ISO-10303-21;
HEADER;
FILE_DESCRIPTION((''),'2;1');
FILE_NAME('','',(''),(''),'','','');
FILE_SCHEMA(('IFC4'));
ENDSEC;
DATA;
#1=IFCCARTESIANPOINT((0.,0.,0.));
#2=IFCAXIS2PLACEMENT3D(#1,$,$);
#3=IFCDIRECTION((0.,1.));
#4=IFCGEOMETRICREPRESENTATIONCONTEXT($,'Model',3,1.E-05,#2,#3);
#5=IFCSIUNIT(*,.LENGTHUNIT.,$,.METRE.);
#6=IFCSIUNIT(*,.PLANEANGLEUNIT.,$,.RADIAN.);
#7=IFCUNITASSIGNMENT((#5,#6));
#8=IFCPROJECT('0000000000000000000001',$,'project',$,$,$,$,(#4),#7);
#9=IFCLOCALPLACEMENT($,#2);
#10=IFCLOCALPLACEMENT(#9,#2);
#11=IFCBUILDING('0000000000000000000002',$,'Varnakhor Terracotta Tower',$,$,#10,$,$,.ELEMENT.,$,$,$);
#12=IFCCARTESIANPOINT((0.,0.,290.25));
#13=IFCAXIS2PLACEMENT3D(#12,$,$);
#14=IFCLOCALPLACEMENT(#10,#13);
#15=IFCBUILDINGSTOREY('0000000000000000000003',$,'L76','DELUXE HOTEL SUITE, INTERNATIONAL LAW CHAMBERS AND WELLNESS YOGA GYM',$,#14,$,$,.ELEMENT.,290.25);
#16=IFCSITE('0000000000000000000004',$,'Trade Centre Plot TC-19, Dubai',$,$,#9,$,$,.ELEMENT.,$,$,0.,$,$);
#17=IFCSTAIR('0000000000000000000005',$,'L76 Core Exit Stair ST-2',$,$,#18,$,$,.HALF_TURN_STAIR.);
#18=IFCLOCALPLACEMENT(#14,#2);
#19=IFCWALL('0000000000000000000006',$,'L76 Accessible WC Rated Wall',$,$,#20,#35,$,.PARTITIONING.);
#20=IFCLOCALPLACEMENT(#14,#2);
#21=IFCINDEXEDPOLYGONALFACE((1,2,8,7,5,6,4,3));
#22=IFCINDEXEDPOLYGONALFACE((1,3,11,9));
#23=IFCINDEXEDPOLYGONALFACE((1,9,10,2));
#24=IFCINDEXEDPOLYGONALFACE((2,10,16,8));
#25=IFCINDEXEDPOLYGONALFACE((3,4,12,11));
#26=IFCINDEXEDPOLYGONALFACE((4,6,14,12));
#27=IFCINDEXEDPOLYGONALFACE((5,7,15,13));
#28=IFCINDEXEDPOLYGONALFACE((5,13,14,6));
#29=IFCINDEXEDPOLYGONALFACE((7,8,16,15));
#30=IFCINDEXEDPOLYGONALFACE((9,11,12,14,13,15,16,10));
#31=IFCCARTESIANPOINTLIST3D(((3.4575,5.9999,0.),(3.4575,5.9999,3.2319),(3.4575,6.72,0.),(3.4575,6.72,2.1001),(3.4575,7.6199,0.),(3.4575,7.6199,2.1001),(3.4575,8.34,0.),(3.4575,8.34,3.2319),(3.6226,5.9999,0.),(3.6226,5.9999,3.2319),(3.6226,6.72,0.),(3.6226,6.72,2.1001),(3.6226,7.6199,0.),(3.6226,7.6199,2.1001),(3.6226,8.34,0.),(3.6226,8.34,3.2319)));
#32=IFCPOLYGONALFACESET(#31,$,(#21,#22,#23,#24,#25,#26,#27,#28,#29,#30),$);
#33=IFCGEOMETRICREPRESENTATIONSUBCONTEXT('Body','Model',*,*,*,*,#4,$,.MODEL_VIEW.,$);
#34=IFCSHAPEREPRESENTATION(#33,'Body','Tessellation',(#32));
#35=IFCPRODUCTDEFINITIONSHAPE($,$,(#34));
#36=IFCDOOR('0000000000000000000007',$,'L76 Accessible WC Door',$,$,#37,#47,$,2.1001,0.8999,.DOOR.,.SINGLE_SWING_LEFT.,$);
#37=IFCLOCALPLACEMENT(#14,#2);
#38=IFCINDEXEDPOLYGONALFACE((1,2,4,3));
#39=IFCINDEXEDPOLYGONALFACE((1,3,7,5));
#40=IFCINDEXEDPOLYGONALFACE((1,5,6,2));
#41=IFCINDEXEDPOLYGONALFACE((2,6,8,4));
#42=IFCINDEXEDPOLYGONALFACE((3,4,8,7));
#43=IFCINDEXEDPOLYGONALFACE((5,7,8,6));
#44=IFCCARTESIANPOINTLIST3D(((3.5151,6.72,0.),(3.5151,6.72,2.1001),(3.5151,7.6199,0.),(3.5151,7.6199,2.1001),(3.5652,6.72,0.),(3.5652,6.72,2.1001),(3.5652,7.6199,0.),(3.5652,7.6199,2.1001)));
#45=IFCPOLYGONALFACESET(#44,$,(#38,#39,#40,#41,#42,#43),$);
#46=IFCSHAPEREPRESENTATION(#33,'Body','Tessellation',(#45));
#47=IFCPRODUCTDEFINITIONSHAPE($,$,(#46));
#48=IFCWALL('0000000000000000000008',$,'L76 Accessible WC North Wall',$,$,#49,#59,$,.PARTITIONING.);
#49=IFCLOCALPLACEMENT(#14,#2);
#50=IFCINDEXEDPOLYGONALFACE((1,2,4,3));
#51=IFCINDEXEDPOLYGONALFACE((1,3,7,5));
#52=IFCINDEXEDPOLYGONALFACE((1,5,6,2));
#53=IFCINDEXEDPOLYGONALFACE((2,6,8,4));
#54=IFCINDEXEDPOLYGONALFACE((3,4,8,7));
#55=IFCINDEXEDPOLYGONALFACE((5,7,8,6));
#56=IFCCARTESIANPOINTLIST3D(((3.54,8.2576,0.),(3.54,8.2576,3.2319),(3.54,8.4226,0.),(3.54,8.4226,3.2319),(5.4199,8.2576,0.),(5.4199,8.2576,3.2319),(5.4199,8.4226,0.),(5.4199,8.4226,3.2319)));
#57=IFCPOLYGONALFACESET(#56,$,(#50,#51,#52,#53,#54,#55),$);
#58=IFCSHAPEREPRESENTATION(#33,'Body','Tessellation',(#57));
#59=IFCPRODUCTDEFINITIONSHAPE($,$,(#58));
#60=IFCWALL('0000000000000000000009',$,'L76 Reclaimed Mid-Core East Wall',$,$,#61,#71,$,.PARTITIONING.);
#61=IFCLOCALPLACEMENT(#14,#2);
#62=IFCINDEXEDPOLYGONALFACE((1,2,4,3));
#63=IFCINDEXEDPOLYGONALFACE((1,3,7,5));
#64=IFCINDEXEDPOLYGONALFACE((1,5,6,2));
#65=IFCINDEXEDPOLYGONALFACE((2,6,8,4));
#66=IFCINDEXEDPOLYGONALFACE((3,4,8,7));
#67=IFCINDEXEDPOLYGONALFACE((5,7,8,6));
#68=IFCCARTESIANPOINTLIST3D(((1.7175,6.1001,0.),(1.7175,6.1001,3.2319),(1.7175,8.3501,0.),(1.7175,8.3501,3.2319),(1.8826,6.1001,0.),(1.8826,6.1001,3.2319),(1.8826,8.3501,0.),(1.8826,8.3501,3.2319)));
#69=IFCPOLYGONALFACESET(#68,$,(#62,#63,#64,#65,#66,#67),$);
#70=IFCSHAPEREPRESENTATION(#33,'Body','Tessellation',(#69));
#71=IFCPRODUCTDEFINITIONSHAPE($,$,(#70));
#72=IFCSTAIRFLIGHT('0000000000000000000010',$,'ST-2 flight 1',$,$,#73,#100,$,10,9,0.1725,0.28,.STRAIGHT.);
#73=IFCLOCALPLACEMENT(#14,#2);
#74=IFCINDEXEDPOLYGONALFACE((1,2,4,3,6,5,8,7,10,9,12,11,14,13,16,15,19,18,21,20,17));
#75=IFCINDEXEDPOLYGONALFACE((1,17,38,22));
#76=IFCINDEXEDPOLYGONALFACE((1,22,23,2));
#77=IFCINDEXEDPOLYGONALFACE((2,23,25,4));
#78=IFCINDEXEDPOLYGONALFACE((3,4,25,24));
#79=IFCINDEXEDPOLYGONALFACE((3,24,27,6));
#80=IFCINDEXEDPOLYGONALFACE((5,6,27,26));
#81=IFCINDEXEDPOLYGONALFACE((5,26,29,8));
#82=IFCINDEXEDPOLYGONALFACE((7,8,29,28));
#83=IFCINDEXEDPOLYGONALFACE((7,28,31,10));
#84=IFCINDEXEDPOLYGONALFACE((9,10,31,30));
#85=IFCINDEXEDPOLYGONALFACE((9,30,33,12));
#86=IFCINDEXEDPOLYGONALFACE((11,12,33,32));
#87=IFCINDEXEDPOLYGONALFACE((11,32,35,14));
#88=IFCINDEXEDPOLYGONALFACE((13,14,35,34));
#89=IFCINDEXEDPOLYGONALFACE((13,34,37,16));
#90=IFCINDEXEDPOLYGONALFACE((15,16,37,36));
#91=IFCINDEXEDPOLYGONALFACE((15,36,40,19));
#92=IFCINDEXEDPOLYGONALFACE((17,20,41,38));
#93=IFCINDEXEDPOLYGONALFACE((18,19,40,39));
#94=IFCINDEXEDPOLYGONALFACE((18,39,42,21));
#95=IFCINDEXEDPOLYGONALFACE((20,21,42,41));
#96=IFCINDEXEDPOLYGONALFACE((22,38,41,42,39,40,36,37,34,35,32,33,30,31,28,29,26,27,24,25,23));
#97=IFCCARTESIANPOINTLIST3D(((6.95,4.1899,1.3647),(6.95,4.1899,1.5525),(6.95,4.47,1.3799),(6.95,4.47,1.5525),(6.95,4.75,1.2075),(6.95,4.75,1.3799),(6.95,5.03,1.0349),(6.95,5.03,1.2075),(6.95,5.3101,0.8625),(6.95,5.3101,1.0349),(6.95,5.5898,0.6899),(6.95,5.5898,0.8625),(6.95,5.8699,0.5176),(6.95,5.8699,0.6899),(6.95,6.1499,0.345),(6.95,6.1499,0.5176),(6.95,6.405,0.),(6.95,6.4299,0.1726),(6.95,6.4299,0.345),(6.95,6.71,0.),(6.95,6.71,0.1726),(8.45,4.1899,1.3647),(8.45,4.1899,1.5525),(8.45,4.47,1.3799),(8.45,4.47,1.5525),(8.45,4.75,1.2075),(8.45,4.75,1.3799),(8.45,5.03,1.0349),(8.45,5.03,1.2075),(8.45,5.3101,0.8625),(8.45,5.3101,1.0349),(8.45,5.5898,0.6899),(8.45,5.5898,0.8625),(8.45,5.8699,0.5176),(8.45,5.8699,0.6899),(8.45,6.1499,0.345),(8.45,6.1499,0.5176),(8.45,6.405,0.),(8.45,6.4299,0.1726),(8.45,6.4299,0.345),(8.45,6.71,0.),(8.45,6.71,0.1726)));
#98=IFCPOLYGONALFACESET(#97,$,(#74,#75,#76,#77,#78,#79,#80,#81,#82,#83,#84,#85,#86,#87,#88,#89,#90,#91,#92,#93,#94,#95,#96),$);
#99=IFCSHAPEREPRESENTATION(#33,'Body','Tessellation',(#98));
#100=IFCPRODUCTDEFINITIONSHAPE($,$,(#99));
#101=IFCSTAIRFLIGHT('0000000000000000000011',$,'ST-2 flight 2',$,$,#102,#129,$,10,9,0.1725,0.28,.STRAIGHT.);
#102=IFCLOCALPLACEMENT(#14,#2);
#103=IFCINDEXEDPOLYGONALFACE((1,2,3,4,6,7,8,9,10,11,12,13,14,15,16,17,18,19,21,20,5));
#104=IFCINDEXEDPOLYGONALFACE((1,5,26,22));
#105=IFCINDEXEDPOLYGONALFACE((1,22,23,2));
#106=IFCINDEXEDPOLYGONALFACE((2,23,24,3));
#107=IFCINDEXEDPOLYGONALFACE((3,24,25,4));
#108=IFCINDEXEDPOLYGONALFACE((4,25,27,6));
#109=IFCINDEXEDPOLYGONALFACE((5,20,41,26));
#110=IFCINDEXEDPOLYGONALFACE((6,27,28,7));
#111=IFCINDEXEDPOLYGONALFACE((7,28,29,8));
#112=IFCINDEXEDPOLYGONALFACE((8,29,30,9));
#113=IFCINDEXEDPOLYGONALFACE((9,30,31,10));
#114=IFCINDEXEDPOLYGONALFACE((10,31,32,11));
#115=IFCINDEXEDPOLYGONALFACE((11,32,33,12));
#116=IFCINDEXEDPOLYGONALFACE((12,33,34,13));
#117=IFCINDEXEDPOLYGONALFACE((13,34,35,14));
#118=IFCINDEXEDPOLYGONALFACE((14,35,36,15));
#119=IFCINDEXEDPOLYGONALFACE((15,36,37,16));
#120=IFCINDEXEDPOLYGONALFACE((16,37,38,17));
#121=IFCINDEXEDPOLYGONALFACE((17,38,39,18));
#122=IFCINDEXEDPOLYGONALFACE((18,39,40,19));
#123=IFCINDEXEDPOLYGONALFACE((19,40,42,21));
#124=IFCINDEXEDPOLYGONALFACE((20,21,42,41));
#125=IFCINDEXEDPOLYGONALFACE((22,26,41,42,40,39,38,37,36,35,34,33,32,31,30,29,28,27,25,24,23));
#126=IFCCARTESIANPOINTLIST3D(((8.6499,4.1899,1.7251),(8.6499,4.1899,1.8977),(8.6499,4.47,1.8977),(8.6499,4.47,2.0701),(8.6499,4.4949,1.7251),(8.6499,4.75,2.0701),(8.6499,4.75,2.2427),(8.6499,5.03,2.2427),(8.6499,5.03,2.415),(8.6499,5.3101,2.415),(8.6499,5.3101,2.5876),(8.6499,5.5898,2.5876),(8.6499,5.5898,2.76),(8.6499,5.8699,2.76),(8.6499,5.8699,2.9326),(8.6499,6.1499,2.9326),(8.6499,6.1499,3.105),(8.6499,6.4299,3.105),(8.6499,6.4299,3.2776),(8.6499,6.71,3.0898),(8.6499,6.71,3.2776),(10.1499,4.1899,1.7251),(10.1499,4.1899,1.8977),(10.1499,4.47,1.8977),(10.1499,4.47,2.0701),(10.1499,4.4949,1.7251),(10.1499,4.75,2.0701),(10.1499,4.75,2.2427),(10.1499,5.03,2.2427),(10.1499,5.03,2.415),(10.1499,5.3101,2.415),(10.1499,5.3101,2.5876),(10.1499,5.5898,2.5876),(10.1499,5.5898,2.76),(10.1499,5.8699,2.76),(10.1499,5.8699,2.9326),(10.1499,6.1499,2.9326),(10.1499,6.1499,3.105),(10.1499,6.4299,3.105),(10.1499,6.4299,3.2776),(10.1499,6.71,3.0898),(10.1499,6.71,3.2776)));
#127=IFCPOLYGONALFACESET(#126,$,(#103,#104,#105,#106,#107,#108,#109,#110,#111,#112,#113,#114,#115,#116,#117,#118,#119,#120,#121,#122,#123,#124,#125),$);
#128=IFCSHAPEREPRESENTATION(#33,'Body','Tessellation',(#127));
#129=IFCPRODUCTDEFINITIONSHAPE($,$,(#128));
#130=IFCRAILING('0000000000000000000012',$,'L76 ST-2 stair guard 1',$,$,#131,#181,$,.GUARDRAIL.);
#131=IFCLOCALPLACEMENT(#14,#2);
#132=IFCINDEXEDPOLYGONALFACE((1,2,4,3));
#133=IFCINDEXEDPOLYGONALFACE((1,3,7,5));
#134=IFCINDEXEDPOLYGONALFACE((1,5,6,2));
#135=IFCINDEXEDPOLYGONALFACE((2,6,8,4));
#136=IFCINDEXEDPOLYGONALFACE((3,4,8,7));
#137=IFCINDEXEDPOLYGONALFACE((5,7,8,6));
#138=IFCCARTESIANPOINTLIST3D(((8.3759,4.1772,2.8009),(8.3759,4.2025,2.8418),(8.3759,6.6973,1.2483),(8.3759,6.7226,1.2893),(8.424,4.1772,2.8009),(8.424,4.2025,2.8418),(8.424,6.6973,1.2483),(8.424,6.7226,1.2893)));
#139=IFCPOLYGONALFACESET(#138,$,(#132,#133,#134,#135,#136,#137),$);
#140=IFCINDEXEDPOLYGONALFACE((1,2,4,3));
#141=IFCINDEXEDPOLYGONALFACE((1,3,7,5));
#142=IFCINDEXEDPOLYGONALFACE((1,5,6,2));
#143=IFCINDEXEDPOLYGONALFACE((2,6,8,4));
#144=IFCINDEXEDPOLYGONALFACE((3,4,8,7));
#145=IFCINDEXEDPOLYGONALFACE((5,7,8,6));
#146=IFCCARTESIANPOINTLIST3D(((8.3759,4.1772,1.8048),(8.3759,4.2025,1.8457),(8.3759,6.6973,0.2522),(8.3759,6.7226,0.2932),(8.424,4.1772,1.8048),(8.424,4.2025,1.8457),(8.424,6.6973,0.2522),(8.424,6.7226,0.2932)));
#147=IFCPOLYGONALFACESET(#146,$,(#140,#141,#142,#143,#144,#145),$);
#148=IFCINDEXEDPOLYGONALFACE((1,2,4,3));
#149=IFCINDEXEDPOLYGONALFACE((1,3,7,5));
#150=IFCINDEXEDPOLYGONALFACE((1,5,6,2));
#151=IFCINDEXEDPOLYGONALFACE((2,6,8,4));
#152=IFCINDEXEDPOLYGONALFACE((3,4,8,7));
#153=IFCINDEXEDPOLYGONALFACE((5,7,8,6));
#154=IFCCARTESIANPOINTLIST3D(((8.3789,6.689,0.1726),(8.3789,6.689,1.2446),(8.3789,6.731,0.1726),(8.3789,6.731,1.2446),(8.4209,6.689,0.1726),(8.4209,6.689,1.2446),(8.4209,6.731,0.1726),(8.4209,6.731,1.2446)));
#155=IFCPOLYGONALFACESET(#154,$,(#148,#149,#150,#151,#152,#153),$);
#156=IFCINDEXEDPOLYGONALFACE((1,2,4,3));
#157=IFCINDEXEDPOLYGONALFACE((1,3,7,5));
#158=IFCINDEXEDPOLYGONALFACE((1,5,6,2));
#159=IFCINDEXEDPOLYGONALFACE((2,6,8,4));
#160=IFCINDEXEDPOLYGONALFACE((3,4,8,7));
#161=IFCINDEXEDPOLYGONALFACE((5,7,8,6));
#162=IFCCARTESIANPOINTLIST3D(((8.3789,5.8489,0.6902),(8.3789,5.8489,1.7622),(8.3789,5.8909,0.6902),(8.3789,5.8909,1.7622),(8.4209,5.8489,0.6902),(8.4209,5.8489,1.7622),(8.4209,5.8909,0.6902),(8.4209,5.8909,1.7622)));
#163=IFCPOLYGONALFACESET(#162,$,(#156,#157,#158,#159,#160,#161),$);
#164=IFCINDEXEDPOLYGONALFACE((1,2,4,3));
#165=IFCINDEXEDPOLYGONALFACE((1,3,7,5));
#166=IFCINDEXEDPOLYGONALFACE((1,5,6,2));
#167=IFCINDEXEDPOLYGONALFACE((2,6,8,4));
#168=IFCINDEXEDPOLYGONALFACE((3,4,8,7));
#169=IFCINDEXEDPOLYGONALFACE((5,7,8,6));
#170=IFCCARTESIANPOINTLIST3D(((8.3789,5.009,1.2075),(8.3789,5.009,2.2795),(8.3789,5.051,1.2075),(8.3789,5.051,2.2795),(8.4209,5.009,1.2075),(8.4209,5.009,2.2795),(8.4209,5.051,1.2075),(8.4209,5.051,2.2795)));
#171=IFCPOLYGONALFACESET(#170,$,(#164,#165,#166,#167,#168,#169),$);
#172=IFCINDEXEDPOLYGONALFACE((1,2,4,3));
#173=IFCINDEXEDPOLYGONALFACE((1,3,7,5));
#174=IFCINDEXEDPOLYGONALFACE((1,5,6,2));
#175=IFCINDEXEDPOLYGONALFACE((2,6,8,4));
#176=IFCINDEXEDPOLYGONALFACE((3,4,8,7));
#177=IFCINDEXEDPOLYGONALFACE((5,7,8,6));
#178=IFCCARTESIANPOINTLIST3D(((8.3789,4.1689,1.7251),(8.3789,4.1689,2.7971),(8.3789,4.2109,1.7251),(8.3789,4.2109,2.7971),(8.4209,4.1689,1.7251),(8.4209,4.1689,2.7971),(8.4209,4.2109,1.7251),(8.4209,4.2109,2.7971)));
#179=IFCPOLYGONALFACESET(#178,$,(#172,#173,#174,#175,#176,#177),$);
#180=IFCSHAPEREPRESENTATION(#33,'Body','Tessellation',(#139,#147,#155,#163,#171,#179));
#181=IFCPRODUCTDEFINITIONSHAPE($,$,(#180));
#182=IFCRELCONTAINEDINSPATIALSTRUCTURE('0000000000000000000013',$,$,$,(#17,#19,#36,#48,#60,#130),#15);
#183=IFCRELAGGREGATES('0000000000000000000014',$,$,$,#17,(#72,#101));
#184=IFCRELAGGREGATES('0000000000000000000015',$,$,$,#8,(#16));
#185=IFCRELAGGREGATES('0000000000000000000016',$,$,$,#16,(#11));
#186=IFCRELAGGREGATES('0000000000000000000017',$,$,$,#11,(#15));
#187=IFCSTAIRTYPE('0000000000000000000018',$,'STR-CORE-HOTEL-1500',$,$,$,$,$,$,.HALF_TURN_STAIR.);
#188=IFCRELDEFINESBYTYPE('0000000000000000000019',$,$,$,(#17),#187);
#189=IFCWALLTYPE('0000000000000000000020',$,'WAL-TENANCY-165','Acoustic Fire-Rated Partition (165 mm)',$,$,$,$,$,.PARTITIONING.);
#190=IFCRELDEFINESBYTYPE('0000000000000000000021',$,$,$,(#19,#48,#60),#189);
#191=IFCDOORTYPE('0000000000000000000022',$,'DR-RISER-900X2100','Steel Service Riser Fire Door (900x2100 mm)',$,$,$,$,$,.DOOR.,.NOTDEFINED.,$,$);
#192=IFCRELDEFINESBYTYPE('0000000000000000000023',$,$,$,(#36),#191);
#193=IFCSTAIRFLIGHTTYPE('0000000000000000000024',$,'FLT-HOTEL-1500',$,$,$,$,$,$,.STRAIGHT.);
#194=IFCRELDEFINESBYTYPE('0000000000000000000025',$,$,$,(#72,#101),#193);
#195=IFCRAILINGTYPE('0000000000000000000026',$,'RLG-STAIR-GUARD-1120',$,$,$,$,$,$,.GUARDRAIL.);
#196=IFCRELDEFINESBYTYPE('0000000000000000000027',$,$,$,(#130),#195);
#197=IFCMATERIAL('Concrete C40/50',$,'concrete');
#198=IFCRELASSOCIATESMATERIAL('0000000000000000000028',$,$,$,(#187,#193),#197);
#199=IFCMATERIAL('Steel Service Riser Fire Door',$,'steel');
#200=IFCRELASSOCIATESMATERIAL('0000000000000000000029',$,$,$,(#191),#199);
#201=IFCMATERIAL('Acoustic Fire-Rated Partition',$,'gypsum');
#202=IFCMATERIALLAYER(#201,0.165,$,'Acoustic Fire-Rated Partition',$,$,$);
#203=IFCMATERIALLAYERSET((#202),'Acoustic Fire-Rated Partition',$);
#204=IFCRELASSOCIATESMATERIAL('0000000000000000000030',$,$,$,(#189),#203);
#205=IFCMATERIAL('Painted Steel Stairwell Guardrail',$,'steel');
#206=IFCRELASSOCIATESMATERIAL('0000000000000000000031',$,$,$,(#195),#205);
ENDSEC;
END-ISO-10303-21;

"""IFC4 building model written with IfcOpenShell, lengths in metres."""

from ifc_helpers import new_model, si_unit, direction, frame, frame_2d, origin, origin_2d, place, context, subcontext, project, spatial, polyline, rectangle, outline, extrude, source, transform, mapped, material, layer, layer_set, type_object, type_shapes, element, fill, aggregate, save


model = new_model("IFC4")

# Units and contexts
model_context = context("Model", 3, precision=1e-05, world=origin(), true_north=direction((0.0, 1.0)))
body_context = subcontext(model_context, "Body", "Model", "MODEL_VIEW")
ifc_project = project(units=[si_unit("LENGTHUNIT", "METRE"), si_unit("PLANEANGLEUNIT", "RADIAN")], contexts=[model_context])

# Site, building, storey
site_placement = place(None, origin())
site = spatial("IfcSite", under=ifc_project, at=site_placement, Name="Trade Centre Plot TC-19, Dubai", CompositionType="ELEMENT", RefElevation=0.0)
building_placement = place(site_placement, origin())
building = spatial("IfcBuilding", under=site, at=building_placement, Name="Varnakhor Terracotta Tower", CompositionType="ELEMENT")
storey_placement = place(building_placement, frame((0.0, 0.0, 290.25)))
storey = spatial("IfcBuildingStorey", under=building, at=storey_placement, Name="L76", Description="DELUXE HOTEL SUITE, INTERNATIONAL LAW CHAMBERS AND WELLNESS YOGA GYM", CompositionType="ELEMENT", Elevation=290.25)

# Shared definitions
ifc_material_1 = material(Name="Concrete C40/50", Category="concrete")

# Stair
stair_type = type_object("IfcStairType", Name="STR-CORE-HOTEL-1500", PredefinedType="HALF_TURN_STAIR", material=ifc_material_1)
stair_1_placement = place(storey_placement, origin())
stair_1 = element("IfcStair", 1, at=stair_1_placement, inside=storey, type_object=stair_type, Name="L76 Core Exit Stair ST-2", PredefinedType="HALF_TURN_STAIR")

# Wall, opening, door
ifc_material_2 = material(Name="Acoustic Fire-Rated Partition", Category="gypsum")
ifc_material_3 = material(Name="Steel Service Riser Fire Door", Category="steel")
door_type_1 = type_object("IfcDoorType", Name="DR-RISER-900X2100", Description="Steel Service Riser Fire Door (900x2100 mm)", OperationType="NOTDEFINED", PredefinedType="DOOR", material=ifc_material_3)
shared_shape_1 = source(origin(), body_context, "Body", "SweptSolid", [
    extrude(rectangle(XDim=0.8999, YDim=2.1001, at=frame_2d((0.45, 1.05))), frame((0.0, 0.0249, 0.0), z_axis=(0.0, -1.0, 0.0), x_axis=(1.0, 0.0, 0.0)), (0.0, 0.0, 1.0), 0.05),
])
type_shapes(door_type_1, [shared_shape_1])
ifc_layer_1 = layer(ifc_material_2, 0.165, Name="Acoustic Fire-Rated Partition")
ifc_layer_set_1 = layer_set([ifc_layer_1], Name="Acoustic Fire-Rated Partition")
wall_type_1 = type_object("IfcWallType", Name="WAL-TENANCY-165", Description="Acoustic Fire-Rated Partition (165 mm)", PredefinedType="PARTITIONING", material=ifc_layer_set_1)
wall_1_placement = place(storey_placement, frame((3.54, 6.0, 0.0), z_axis=(0.0, 0.0, 1.0), x_axis=(0.0, 1.0, 0.0)))
wall_1 = element("IfcWall", 2, at=wall_1_placement, inside=storey, type_object=wall_type_1, Name="L76 Accessible WC Rated Wall", PredefinedType="PARTITIONING", context=body_context, shape_type="SweptSolid", body=[
    extrude(rectangle(XDim=2.3401, YDim=0.165, at=frame_2d((1.1699, 0.0))), origin(), (0.0, 0.0, 1.0), 3.2319),
])
opening_1_placement = place(wall_1_placement, frame((0.72, 0.0, 0.0)))
opening_1 = element("IfcOpeningElement", 3, at=opening_1_placement, cuts=wall_1, PredefinedType="OPENING", context=body_context, shape_type="SweptSolid", body=[
    extrude(rectangle(XDim=0.8999, YDim=2.1001, at=frame_2d((0.45, 1.05))), frame((0.0, 0.0925, 0.0), z_axis=(0.0, -1.0, 0.0), x_axis=(1.0, 0.0, 0.0)), (0.0, 0.0, 1.0), 0.1851),
])
door_1_placement = place(opening_1_placement, origin())
door_1 = element("IfcDoor", 4, at=door_1_placement, inside=storey, type_object=door_type_1, Name="L76 Accessible WC Door", OperationType="SINGLE_SWING_LEFT", OverallHeight=2.1001, OverallWidth=0.8999, PredefinedType="DOOR", context=body_context, shape_type="MappedRepresentation", body=[
    mapped(shared_shape_1, transform((0.0, 0.0, 0.0), scale=1.0)),
])
fill(opening_1, door_1)

# Walls
wall_2_placement = place(storey_placement, frame((3.54, 8.3401, 0.0), z_axis=(0.0, 0.0, 1.0), x_axis=(1.0, 0.0, 0.0)))
element("IfcWall", 5, at=wall_2_placement, inside=storey, type_object=wall_type_1, Name="L76 Accessible WC North Wall", PredefinedType="PARTITIONING", context=body_context, shape_type="SweptSolid", body=[
    extrude(rectangle(XDim=1.8799, YDim=0.165, at=frame_2d((0.9399, 0.0))), origin(), (0.0, 0.0, 1.0), 3.2319),
])
wall_3_placement = place(storey_placement, frame((1.8, 6.1001, 0.0), z_axis=(0.0, 0.0, 1.0), x_axis=(0.0, 1.0, 0.0)))
element("IfcWall", 6, at=wall_3_placement, inside=storey, type_object=wall_type_1, Name="L76 Reclaimed Mid-Core East Wall", PredefinedType="PARTITIONING", context=body_context, shape_type="SweptSolid", body=[
    extrude(rectangle(XDim=2.25, YDim=0.165, at=frame_2d((1.125, 0.0))), origin(), (0.0, 0.0, 1.0), 3.2319),
])

# Stair flights
stair_flight_type = type_object("IfcStairFlightType", Name="FLT-HOTEL-1500", PredefinedType="STRAIGHT", material=ifc_material_1)
stair_flight_1_placement = place(storey_placement, frame((7.7, 6.71, 0.0), z_axis=(0.0, 0.0, 1.0), x_axis=(0.0, -1.0, 0.0)))
stair_flight_1 = element("IfcStairFlight", 7, at=stair_flight_1_placement, type_object=stair_flight_type, Name="ST-2 flight 1", NumberOfRisers=10, NumberOfTreads=9, PredefinedType="STRAIGHT", RiserHeight=0.1725, TreadLength=0.28, context=body_context, shape_type="SweptSolid", body=[
    extrude(outline(polyline([(0.0, 0.0), (0.0, 0.1726), (0.28, 0.1726), (0.28, 0.345), (0.5601, 0.345), (0.5601, 0.5176), (0.8401, 0.5176), (0.8401, 0.6899), (1.1201, 0.6899), (1.1201, 0.8625), (1.3999, 0.8625), (1.3999, 1.0349), (1.6799, 1.0349), (1.6799, 1.2075), (1.96, 1.2075), (1.96, 1.3799), (2.24, 1.3799), (2.24, 1.5525), (2.52, 1.5525), (2.52, 1.7251), (2.52, 1.3647), (0.3049, 0.0), (0.0, 0.0)])), frame((0.0, 0.75, 0.0), z_axis=(0.0, -1.0, 0.0), x_axis=(1.0, 0.0, 0.0)), (0.0, 0.0, 1.0), 1.5),
])
stair_flight_2_placement = place(storey_placement, frame((9.3999, 4.1899, 1.7251), z_axis=(0.0, 0.0, 1.0), x_axis=(0.0, 1.0, 0.0)))
stair_flight_2 = element("IfcStairFlight", 8, at=stair_flight_2_placement, type_object=stair_flight_type, Name="ST-2 flight 2", NumberOfRisers=10, NumberOfTreads=9, PredefinedType="STRAIGHT", RiserHeight=0.1725, TreadLength=0.28, context=body_context, shape_type="SweptSolid", body=[
    extrude(outline(polyline([(0.0, 0.0), (0.0, 0.1726), (0.28, 0.1726), (0.28, 0.345), (0.5601, 0.345), (0.5601, 0.5176), (0.8401, 0.5176), (0.8401, 0.6899), (1.1201, 0.6899), (1.1201, 0.8625), (1.3999, 0.8625), (1.3999, 1.0349), (1.6799, 1.0349), (1.6799, 1.2075), (1.96, 1.2075), (1.96, 1.3799), (2.24, 1.3799), (2.24, 1.5525), (2.52, 1.5525), (2.52, 1.7251), (2.52, 1.3647), (0.3049, 0.0), (0.0, 0.0)])), frame((0.0, 0.75, 0.0), z_axis=(0.0, -1.0, 0.0), x_axis=(1.0, 0.0, 0.0)), (0.0, 0.0, 1.0), 1.5),
])
aggregate(stair_1, [stair_flight_1, stair_flight_2])

# Railing
ifc_material_4 = material(Name="Painted Steel Stairwell Guardrail", Category="steel")
railing_type_1 = type_object("IfcRailingType", Name="RLG-STAIR-GUARD-1120", PredefinedType="GUARDRAIL", material=ifc_material_4)
railing_1_placement = place(storey_placement, frame((8.3999, 6.71, 0.1726)))
element("IfcRailing", 9, at=railing_1_placement, inside=storey, type_object=railing_type_1, Name="L76 ST-2 stair guard 1", PredefinedType="GUARDRAIL", context=body_context, shape_type="SweptSolid", body=[
    extrude(rectangle(XDim=0.0481, YDim=0.0481, at=origin_2d()), frame((0.0, 0.0, 1.0962), z_axis=(0.0, -0.8514, 0.524516), x_axis=(1.0, 0.0, 0.0)), (0.0, 0.0, 1.0), 2.96),
    extrude(rectangle(XDim=0.0481, YDim=0.0481, at=origin_2d()), frame((0.0, 0.0, 0.1001), z_axis=(0.0, -0.8514, 0.524516), x_axis=(1.0, 0.0, 0.0)), (0.0, 0.0, 1.0), 2.96),
    extrude(rectangle(XDim=0.042, YDim=0.042, at=origin_2d()), origin(), (0.0, 0.0, 1.0), 1.072),
    extrude(rectangle(XDim=0.042, YDim=0.042, at=origin_2d()), frame((0.0, -0.8401, 0.5176)), (0.0, 0.0, 1.0), 1.072),
    extrude(rectangle(XDim=0.042, YDim=0.042, at=origin_2d()), frame((0.0, -1.6799, 1.0349)), (0.0, 0.0, 1.0), 1.072),
    extrude(rectangle(XDim=0.042, YDim=0.042, at=origin_2d()), frame((0.0, -2.52, 1.5525)), (0.0, 0.0, 1.0), 1.072),
])

save(model, "model.ifc")
